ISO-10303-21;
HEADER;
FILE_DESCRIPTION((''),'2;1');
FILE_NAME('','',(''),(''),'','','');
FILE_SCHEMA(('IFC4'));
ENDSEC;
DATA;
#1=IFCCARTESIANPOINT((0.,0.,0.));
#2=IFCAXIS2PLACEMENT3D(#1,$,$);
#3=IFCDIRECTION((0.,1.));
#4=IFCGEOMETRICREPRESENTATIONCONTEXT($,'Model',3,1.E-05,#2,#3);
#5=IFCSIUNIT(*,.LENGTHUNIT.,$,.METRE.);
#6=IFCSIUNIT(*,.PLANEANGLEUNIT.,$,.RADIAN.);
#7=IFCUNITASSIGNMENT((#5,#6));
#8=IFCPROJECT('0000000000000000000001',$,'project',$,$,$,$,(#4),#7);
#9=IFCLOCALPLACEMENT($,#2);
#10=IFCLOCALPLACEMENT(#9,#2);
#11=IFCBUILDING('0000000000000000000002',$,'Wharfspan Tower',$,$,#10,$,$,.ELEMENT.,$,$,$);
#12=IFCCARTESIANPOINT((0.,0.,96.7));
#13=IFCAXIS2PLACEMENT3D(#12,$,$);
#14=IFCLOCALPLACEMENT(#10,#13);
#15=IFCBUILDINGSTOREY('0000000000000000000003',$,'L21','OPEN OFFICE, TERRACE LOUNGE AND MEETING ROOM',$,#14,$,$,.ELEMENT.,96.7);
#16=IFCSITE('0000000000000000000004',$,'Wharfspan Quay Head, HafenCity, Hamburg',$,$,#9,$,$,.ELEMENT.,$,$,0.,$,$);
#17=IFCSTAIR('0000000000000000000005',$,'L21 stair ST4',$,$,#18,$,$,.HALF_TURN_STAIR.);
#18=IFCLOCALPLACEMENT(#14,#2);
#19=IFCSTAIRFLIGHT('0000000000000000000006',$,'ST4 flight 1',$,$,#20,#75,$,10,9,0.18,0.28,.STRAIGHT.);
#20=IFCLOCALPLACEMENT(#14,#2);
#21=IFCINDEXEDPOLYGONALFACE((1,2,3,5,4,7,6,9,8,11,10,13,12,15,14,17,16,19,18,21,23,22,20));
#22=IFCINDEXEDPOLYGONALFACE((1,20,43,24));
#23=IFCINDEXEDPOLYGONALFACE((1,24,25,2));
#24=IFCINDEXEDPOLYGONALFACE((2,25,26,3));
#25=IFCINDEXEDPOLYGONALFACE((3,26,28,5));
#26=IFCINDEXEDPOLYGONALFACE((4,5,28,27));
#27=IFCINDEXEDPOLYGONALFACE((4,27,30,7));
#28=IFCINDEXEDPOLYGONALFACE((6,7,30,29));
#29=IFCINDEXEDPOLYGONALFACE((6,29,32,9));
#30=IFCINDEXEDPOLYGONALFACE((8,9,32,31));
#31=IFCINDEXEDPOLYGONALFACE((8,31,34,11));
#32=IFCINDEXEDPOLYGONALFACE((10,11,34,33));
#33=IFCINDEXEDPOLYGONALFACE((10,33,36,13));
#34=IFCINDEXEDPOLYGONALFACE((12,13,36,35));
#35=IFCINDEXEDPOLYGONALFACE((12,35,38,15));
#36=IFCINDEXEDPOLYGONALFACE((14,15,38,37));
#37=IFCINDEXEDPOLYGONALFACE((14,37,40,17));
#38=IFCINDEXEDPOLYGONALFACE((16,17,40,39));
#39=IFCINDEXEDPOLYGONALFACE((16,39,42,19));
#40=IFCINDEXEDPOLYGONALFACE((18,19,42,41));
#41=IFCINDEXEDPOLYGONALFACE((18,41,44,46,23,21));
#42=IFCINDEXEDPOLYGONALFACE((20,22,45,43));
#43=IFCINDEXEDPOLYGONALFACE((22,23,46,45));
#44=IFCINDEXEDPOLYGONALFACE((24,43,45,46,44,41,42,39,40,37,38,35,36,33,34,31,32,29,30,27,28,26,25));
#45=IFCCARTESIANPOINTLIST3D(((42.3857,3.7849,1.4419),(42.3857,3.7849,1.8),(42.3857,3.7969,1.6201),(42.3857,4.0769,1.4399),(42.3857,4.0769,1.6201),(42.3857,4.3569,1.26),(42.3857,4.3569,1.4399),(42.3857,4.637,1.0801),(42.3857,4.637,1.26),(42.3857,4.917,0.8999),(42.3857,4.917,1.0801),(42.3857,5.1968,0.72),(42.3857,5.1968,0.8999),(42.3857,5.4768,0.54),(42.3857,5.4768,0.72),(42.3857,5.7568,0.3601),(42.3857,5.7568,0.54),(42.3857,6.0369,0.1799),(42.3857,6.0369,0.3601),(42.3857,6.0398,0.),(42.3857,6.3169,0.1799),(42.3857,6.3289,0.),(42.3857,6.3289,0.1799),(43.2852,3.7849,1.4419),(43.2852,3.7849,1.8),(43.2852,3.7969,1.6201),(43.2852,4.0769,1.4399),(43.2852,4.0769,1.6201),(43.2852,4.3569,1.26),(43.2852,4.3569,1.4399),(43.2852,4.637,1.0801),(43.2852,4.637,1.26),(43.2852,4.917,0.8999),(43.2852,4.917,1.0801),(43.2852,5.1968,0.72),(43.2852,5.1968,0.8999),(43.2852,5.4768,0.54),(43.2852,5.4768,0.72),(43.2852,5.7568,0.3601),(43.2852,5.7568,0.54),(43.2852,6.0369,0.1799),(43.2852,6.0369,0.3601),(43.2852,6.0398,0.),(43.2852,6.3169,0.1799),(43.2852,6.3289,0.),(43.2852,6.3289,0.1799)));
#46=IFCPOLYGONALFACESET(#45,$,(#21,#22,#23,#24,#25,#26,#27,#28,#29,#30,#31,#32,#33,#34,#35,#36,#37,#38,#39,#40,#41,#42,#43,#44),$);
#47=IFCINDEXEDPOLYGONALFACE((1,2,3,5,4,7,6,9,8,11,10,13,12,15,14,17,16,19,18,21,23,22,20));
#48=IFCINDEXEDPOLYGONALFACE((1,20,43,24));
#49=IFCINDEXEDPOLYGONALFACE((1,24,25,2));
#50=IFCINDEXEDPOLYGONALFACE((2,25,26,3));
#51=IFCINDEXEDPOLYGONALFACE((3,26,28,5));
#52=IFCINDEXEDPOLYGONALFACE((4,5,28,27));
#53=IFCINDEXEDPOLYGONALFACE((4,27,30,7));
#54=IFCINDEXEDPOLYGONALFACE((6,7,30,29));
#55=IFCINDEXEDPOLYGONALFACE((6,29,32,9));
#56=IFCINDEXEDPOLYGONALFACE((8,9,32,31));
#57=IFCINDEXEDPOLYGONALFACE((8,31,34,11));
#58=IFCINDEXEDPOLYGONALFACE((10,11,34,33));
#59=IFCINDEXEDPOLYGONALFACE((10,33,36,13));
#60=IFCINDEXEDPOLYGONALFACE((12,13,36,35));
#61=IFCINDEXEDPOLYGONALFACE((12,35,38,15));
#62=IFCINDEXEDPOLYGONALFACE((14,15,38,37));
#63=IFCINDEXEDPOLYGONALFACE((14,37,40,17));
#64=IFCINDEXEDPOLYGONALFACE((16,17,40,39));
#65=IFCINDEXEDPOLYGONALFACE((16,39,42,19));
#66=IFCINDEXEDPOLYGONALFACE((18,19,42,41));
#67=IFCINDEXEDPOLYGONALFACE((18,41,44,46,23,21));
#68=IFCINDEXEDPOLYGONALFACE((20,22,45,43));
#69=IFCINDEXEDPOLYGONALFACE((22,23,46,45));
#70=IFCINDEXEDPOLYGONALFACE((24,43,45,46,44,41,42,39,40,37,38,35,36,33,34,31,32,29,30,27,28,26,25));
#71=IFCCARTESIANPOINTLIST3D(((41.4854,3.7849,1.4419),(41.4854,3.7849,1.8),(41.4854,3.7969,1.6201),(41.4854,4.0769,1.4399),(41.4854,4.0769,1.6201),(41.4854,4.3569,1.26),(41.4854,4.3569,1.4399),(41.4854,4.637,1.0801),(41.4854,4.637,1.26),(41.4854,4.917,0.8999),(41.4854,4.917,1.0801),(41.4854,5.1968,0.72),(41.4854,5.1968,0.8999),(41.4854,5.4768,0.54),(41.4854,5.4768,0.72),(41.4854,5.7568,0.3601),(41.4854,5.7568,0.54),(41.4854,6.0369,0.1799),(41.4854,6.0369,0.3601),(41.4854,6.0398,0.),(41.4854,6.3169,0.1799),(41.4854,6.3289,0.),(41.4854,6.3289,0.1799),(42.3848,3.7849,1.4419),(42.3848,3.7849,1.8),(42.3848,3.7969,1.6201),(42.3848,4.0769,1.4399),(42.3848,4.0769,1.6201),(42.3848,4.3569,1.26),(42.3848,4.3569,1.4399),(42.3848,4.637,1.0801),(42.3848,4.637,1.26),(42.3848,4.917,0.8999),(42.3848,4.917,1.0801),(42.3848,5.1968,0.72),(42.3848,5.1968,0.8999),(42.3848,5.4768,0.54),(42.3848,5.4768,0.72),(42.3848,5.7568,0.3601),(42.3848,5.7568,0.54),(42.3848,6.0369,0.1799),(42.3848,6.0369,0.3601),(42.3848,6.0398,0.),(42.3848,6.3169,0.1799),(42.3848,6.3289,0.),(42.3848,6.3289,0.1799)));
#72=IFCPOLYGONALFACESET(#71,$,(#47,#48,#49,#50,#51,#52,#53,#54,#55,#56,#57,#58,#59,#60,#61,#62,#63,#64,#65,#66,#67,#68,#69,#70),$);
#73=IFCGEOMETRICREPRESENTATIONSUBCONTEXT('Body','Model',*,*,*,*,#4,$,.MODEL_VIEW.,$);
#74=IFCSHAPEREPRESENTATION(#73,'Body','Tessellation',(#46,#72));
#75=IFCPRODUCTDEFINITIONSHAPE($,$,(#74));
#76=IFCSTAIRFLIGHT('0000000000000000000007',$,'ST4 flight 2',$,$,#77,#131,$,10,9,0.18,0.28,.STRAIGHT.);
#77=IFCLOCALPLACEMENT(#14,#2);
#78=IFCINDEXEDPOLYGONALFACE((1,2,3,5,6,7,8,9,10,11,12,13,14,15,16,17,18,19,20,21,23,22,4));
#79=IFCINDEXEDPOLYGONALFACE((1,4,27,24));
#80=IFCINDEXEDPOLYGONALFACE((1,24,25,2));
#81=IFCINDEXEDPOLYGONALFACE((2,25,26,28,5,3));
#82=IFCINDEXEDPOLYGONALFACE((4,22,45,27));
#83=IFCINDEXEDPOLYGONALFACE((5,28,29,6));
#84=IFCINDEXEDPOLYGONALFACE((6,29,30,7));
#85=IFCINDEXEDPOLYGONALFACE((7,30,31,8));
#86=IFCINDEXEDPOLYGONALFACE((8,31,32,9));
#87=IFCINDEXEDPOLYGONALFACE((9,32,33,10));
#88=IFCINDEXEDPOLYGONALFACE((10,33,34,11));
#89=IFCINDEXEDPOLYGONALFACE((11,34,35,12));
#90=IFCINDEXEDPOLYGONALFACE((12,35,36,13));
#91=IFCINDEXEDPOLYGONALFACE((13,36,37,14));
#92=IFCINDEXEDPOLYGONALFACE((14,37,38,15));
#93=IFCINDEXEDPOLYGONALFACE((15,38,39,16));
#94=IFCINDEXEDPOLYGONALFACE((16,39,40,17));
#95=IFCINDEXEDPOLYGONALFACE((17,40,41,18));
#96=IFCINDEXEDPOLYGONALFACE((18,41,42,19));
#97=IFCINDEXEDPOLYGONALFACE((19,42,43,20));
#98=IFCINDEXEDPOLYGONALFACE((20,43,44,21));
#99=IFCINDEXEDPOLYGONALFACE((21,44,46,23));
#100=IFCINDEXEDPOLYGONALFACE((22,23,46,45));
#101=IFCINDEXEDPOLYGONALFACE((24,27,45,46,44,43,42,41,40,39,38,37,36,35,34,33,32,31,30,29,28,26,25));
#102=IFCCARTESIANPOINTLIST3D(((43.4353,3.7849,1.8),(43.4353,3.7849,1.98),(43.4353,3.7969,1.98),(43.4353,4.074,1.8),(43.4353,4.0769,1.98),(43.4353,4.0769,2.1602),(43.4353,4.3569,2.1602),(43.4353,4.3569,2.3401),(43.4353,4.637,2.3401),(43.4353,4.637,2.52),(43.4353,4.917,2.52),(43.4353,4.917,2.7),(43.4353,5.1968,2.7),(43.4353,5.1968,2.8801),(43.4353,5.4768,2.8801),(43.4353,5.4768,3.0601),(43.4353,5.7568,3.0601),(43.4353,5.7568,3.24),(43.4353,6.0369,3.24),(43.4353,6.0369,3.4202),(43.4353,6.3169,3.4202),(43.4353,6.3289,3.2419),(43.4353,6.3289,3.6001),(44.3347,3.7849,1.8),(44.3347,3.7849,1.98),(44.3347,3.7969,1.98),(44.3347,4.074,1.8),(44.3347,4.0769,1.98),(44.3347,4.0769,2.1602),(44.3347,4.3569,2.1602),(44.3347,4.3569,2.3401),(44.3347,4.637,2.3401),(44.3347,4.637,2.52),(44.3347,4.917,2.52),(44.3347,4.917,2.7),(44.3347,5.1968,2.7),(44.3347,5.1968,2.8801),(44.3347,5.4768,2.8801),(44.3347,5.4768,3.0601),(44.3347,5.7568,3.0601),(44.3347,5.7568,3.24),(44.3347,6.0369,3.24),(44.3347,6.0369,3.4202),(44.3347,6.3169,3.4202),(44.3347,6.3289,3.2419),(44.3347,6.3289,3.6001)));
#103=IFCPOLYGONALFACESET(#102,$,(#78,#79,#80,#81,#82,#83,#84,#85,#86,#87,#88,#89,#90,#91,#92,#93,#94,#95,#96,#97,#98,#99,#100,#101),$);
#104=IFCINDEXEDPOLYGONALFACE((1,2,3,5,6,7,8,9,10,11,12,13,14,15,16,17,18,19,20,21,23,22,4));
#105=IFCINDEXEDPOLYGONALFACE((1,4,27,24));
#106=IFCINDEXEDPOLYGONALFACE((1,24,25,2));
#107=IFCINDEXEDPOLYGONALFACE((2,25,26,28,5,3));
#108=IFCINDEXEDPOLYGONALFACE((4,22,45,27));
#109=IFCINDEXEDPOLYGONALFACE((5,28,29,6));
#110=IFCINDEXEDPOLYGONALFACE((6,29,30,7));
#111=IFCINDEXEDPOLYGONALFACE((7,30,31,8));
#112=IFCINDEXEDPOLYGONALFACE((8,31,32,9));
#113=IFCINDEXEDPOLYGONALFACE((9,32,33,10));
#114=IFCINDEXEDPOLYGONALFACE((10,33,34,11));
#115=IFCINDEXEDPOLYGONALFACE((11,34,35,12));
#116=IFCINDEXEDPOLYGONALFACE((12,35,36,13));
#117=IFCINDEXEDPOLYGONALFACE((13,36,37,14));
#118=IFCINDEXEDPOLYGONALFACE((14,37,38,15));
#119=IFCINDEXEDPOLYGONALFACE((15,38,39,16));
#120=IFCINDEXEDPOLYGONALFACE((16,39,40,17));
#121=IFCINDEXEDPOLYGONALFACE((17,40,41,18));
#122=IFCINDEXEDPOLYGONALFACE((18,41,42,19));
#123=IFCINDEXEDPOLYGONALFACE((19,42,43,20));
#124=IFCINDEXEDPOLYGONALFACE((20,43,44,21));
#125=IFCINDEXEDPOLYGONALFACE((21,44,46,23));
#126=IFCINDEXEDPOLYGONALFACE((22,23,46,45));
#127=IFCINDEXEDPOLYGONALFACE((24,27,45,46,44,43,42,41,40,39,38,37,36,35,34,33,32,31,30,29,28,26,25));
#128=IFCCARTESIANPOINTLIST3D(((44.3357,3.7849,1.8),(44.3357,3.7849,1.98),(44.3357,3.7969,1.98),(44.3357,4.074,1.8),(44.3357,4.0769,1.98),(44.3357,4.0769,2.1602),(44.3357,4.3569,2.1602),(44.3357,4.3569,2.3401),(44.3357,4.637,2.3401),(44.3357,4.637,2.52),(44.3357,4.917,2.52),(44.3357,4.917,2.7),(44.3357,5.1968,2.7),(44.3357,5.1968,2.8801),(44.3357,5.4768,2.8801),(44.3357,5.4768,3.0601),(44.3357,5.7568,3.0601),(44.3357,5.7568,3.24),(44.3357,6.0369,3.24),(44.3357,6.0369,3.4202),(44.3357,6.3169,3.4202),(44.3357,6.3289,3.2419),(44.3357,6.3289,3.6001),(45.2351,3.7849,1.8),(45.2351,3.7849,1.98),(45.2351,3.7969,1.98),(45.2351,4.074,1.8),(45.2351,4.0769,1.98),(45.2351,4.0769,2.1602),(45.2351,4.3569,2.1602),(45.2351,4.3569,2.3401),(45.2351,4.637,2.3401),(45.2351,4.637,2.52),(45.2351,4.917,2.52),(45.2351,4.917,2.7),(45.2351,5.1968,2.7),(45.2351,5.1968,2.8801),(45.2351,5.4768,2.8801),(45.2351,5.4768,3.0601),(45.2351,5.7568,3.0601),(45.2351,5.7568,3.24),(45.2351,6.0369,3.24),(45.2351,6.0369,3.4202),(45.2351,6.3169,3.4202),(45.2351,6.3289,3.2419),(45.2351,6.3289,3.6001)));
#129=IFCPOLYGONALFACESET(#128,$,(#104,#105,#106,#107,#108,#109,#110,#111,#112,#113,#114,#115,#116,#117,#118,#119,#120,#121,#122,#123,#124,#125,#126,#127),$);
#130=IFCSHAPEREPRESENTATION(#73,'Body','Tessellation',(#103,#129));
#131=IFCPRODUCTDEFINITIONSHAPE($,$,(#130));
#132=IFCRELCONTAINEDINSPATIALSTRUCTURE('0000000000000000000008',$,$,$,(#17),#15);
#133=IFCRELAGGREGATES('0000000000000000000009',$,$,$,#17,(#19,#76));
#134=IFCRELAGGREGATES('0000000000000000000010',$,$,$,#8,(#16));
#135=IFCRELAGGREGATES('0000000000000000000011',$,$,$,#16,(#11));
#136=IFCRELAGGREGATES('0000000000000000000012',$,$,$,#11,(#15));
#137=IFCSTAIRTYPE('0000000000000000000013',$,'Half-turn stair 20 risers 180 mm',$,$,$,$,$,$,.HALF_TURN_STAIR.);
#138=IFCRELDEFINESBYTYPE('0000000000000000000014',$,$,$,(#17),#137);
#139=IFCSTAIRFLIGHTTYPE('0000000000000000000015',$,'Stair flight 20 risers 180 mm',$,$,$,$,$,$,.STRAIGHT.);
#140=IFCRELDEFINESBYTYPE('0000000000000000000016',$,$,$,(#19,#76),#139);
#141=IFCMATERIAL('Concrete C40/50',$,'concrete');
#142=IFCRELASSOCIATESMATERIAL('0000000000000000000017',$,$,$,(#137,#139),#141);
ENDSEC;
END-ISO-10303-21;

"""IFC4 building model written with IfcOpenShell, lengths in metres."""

from ifc_helpers import new_model, si_unit, direction, frame, origin, place, context, subcontext, project, spatial, polyline, outline, extrude, material, type_object, element, aggregate, save


model = new_model("IFC4")

# Units and contexts
model_context = context("Model", 3, precision=1e-05, world=origin(), true_north=direction((0.0, 1.0)))
body_context = subcontext(model_context, "Body", "Model", "MODEL_VIEW")
ifc_project = project(units=[si_unit("LENGTHUNIT", "METRE"), si_unit("PLANEANGLEUNIT", "RADIAN")], contexts=[model_context])

# Site, building, storey
site_placement = place(None, origin())
site = spatial("IfcSite", under=ifc_project, at=site_placement, Name="Wharfspan Quay Head, HafenCity, Hamburg", CompositionType="ELEMENT", RefElevation=0.0)
building_placement = place(site_placement, origin())
building = spatial("IfcBuilding", under=site, at=building_placement, Name="Wharfspan Tower", CompositionType="ELEMENT")
storey_placement = place(building_placement, frame((0.0, 0.0, 96.7)))
storey = spatial("IfcBuildingStorey", under=building, at=storey_placement, Name="L21", Description="OPEN OFFICE, TERRACE LOUNGE AND MEETING ROOM", CompositionType="ELEMENT", Elevation=96.7)

# Shared definitions
ifc_material_1 = material(Name="Concrete C40/50", Category="concrete")

# Stair, stair flights
stair_type = type_object("IfcStairType", Name="Half-turn stair 20 risers 180 mm", PredefinedType="HALF_TURN_STAIR", material=ifc_material_1)
stair_placement = place(storey_placement, origin())
stair = element("IfcStair", 1, at=stair_placement, inside=storey, type_object=stair_type, Name="L21 stair ST4", PredefinedType="HALF_TURN_STAIR")
stair_flight_type = type_object("IfcStairFlightType", Name="Stair flight 20 risers 180 mm", PredefinedType="STRAIGHT", material=ifc_material_1)
stair_flight_1_placement = place(storey_placement, frame((42.3853, 6.3169, 0.0), z_axis=(0.0, 0.0, 1.0), x_axis=(0.0, -1.0, 0.0)))
stair_flight_1 = element("IfcStairFlight", 2, at=stair_flight_1_placement, type_object=stair_flight_type, Name="ST4 flight 1", NumberOfRisers=10, NumberOfTreads=9, PredefinedType="STRAIGHT", RiserHeight=0.18, TreadLength=0.28, context=body_context, shape_type="SweptSolid", body=[
    extrude(outline(polyline([(-0.012, 0.0), (-0.012, 0.1799), (0.0, 0.1799), (0.28, 0.1799), (0.28, 0.3601), (0.5601, 0.3601), (0.5601, 0.54), (0.8401, 0.54), (0.8401, 0.72), (1.1201, 0.72), (1.1201, 0.8999), (1.3999, 0.8999), (1.3999, 1.0801), (1.6799, 1.0801), (1.6799, 1.26), (1.96, 1.26), (1.96, 1.4399), (2.24, 1.4399), (2.24, 1.6201), (2.52, 1.6201), (2.532, 1.8), (2.532, 1.4419), (0.2771, 0.0), (-0.012, 0.0)])), frame((0.0, 0.8999, 0.0), z_axis=(0.0, -1.0, 0.0), x_axis=(1.0, 0.0, 0.0)), (0.0, 0.0, 1.0), 0.8994),
    extrude(outline(polyline([(-0.012, 0.0), (-0.012, 0.1799), (0.0, 0.1799), (0.28, 0.1799), (0.28, 0.3601), (0.5601, 0.3601), (0.5601, 0.54), (0.8401, 0.54), (0.8401, 0.72), (1.1201, 0.72), (1.1201, 0.8999), (1.3999, 0.8999), (1.3999, 1.0801), (1.6799, 1.0801), (1.6799, 1.26), (1.96, 1.26), (1.96, 1.4399), (2.24, 1.4399), (2.24, 1.6201), (2.52, 1.6201), (2.532, 1.8), (2.532, 1.4419), (0.2771, 0.0), (-0.012, 0.0)])), frame((0.0, -0.0005, 0.0), z_axis=(0.0, -1.0, 0.0), x_axis=(1.0, 0.0, 0.0)), (0.0, 0.0, 1.0), 0.8994),
])
stair_flight_2_placement = place(storey_placement, frame((44.3352, 3.7969, 1.8), z_axis=(0.0, 0.0, 1.0), x_axis=(0.0, 1.0, 0.0)))
stair_flight_2 = element("IfcStairFlight", 3, at=stair_flight_2_placement, type_object=stair_flight_type, Name="ST4 flight 2", NumberOfRisers=10, NumberOfTreads=9, PredefinedType="STRAIGHT", RiserHeight=0.18, TreadLength=0.28, context=body_context, shape_type="SweptSolid", body=[
    extrude(outline(polyline([(-0.012, 0.0), (-0.012, 0.1799), (0.0, 0.1799), (0.28, 0.1799), (0.28, 0.3601), (0.5601, 0.3601), (0.5601, 0.54), (0.8401, 0.54), (0.8401, 0.72), (1.1201, 0.72), (1.1201, 0.8999), (1.3999, 0.8999), (1.3999, 1.0801), (1.6799, 1.0801), (1.6799, 1.26), (1.96, 1.26), (1.96, 1.4399), (2.24, 1.4399), (2.24, 1.6201), (2.52, 1.6201), (2.532, 1.8), (2.532, 1.4419), (0.2771, 0.0), (-0.012, 0.0)])), frame((0.0, 0.8999, 0.0), z_axis=(0.0, -1.0, 0.0), x_axis=(1.0, 0.0, 0.0)), (0.0, 0.0, 1.0), 0.8994),
    extrude(outline(polyline([(-0.012, 0.0), (-0.012, 0.1799), (0.0, 0.1799), (0.28, 0.1799), (0.28, 0.3601), (0.5601, 0.3601), (0.5601, 0.54), (0.8401, 0.54), (0.8401, 0.72), (1.1201, 0.72), (1.1201, 0.8999), (1.3999, 0.8999), (1.3999, 1.0801), (1.6799, 1.0801), (1.6799, 1.26), (1.96, 1.26), (1.96, 1.4399), (2.24, 1.4399), (2.24, 1.6201), (2.52, 1.6201), (2.532, 1.8), (2.532, 1.4419), (0.2771, 0.0), (-0.012, 0.0)])), frame((0.0, -0.0005, 0.0), z_axis=(0.0, -1.0, 0.0), x_axis=(1.0, 0.0, 0.0)), (0.0, 0.0, 1.0), 0.8994),
])
aggregate(stair, [stair_flight_1, stair_flight_2])

save(model, "model.ifc")
